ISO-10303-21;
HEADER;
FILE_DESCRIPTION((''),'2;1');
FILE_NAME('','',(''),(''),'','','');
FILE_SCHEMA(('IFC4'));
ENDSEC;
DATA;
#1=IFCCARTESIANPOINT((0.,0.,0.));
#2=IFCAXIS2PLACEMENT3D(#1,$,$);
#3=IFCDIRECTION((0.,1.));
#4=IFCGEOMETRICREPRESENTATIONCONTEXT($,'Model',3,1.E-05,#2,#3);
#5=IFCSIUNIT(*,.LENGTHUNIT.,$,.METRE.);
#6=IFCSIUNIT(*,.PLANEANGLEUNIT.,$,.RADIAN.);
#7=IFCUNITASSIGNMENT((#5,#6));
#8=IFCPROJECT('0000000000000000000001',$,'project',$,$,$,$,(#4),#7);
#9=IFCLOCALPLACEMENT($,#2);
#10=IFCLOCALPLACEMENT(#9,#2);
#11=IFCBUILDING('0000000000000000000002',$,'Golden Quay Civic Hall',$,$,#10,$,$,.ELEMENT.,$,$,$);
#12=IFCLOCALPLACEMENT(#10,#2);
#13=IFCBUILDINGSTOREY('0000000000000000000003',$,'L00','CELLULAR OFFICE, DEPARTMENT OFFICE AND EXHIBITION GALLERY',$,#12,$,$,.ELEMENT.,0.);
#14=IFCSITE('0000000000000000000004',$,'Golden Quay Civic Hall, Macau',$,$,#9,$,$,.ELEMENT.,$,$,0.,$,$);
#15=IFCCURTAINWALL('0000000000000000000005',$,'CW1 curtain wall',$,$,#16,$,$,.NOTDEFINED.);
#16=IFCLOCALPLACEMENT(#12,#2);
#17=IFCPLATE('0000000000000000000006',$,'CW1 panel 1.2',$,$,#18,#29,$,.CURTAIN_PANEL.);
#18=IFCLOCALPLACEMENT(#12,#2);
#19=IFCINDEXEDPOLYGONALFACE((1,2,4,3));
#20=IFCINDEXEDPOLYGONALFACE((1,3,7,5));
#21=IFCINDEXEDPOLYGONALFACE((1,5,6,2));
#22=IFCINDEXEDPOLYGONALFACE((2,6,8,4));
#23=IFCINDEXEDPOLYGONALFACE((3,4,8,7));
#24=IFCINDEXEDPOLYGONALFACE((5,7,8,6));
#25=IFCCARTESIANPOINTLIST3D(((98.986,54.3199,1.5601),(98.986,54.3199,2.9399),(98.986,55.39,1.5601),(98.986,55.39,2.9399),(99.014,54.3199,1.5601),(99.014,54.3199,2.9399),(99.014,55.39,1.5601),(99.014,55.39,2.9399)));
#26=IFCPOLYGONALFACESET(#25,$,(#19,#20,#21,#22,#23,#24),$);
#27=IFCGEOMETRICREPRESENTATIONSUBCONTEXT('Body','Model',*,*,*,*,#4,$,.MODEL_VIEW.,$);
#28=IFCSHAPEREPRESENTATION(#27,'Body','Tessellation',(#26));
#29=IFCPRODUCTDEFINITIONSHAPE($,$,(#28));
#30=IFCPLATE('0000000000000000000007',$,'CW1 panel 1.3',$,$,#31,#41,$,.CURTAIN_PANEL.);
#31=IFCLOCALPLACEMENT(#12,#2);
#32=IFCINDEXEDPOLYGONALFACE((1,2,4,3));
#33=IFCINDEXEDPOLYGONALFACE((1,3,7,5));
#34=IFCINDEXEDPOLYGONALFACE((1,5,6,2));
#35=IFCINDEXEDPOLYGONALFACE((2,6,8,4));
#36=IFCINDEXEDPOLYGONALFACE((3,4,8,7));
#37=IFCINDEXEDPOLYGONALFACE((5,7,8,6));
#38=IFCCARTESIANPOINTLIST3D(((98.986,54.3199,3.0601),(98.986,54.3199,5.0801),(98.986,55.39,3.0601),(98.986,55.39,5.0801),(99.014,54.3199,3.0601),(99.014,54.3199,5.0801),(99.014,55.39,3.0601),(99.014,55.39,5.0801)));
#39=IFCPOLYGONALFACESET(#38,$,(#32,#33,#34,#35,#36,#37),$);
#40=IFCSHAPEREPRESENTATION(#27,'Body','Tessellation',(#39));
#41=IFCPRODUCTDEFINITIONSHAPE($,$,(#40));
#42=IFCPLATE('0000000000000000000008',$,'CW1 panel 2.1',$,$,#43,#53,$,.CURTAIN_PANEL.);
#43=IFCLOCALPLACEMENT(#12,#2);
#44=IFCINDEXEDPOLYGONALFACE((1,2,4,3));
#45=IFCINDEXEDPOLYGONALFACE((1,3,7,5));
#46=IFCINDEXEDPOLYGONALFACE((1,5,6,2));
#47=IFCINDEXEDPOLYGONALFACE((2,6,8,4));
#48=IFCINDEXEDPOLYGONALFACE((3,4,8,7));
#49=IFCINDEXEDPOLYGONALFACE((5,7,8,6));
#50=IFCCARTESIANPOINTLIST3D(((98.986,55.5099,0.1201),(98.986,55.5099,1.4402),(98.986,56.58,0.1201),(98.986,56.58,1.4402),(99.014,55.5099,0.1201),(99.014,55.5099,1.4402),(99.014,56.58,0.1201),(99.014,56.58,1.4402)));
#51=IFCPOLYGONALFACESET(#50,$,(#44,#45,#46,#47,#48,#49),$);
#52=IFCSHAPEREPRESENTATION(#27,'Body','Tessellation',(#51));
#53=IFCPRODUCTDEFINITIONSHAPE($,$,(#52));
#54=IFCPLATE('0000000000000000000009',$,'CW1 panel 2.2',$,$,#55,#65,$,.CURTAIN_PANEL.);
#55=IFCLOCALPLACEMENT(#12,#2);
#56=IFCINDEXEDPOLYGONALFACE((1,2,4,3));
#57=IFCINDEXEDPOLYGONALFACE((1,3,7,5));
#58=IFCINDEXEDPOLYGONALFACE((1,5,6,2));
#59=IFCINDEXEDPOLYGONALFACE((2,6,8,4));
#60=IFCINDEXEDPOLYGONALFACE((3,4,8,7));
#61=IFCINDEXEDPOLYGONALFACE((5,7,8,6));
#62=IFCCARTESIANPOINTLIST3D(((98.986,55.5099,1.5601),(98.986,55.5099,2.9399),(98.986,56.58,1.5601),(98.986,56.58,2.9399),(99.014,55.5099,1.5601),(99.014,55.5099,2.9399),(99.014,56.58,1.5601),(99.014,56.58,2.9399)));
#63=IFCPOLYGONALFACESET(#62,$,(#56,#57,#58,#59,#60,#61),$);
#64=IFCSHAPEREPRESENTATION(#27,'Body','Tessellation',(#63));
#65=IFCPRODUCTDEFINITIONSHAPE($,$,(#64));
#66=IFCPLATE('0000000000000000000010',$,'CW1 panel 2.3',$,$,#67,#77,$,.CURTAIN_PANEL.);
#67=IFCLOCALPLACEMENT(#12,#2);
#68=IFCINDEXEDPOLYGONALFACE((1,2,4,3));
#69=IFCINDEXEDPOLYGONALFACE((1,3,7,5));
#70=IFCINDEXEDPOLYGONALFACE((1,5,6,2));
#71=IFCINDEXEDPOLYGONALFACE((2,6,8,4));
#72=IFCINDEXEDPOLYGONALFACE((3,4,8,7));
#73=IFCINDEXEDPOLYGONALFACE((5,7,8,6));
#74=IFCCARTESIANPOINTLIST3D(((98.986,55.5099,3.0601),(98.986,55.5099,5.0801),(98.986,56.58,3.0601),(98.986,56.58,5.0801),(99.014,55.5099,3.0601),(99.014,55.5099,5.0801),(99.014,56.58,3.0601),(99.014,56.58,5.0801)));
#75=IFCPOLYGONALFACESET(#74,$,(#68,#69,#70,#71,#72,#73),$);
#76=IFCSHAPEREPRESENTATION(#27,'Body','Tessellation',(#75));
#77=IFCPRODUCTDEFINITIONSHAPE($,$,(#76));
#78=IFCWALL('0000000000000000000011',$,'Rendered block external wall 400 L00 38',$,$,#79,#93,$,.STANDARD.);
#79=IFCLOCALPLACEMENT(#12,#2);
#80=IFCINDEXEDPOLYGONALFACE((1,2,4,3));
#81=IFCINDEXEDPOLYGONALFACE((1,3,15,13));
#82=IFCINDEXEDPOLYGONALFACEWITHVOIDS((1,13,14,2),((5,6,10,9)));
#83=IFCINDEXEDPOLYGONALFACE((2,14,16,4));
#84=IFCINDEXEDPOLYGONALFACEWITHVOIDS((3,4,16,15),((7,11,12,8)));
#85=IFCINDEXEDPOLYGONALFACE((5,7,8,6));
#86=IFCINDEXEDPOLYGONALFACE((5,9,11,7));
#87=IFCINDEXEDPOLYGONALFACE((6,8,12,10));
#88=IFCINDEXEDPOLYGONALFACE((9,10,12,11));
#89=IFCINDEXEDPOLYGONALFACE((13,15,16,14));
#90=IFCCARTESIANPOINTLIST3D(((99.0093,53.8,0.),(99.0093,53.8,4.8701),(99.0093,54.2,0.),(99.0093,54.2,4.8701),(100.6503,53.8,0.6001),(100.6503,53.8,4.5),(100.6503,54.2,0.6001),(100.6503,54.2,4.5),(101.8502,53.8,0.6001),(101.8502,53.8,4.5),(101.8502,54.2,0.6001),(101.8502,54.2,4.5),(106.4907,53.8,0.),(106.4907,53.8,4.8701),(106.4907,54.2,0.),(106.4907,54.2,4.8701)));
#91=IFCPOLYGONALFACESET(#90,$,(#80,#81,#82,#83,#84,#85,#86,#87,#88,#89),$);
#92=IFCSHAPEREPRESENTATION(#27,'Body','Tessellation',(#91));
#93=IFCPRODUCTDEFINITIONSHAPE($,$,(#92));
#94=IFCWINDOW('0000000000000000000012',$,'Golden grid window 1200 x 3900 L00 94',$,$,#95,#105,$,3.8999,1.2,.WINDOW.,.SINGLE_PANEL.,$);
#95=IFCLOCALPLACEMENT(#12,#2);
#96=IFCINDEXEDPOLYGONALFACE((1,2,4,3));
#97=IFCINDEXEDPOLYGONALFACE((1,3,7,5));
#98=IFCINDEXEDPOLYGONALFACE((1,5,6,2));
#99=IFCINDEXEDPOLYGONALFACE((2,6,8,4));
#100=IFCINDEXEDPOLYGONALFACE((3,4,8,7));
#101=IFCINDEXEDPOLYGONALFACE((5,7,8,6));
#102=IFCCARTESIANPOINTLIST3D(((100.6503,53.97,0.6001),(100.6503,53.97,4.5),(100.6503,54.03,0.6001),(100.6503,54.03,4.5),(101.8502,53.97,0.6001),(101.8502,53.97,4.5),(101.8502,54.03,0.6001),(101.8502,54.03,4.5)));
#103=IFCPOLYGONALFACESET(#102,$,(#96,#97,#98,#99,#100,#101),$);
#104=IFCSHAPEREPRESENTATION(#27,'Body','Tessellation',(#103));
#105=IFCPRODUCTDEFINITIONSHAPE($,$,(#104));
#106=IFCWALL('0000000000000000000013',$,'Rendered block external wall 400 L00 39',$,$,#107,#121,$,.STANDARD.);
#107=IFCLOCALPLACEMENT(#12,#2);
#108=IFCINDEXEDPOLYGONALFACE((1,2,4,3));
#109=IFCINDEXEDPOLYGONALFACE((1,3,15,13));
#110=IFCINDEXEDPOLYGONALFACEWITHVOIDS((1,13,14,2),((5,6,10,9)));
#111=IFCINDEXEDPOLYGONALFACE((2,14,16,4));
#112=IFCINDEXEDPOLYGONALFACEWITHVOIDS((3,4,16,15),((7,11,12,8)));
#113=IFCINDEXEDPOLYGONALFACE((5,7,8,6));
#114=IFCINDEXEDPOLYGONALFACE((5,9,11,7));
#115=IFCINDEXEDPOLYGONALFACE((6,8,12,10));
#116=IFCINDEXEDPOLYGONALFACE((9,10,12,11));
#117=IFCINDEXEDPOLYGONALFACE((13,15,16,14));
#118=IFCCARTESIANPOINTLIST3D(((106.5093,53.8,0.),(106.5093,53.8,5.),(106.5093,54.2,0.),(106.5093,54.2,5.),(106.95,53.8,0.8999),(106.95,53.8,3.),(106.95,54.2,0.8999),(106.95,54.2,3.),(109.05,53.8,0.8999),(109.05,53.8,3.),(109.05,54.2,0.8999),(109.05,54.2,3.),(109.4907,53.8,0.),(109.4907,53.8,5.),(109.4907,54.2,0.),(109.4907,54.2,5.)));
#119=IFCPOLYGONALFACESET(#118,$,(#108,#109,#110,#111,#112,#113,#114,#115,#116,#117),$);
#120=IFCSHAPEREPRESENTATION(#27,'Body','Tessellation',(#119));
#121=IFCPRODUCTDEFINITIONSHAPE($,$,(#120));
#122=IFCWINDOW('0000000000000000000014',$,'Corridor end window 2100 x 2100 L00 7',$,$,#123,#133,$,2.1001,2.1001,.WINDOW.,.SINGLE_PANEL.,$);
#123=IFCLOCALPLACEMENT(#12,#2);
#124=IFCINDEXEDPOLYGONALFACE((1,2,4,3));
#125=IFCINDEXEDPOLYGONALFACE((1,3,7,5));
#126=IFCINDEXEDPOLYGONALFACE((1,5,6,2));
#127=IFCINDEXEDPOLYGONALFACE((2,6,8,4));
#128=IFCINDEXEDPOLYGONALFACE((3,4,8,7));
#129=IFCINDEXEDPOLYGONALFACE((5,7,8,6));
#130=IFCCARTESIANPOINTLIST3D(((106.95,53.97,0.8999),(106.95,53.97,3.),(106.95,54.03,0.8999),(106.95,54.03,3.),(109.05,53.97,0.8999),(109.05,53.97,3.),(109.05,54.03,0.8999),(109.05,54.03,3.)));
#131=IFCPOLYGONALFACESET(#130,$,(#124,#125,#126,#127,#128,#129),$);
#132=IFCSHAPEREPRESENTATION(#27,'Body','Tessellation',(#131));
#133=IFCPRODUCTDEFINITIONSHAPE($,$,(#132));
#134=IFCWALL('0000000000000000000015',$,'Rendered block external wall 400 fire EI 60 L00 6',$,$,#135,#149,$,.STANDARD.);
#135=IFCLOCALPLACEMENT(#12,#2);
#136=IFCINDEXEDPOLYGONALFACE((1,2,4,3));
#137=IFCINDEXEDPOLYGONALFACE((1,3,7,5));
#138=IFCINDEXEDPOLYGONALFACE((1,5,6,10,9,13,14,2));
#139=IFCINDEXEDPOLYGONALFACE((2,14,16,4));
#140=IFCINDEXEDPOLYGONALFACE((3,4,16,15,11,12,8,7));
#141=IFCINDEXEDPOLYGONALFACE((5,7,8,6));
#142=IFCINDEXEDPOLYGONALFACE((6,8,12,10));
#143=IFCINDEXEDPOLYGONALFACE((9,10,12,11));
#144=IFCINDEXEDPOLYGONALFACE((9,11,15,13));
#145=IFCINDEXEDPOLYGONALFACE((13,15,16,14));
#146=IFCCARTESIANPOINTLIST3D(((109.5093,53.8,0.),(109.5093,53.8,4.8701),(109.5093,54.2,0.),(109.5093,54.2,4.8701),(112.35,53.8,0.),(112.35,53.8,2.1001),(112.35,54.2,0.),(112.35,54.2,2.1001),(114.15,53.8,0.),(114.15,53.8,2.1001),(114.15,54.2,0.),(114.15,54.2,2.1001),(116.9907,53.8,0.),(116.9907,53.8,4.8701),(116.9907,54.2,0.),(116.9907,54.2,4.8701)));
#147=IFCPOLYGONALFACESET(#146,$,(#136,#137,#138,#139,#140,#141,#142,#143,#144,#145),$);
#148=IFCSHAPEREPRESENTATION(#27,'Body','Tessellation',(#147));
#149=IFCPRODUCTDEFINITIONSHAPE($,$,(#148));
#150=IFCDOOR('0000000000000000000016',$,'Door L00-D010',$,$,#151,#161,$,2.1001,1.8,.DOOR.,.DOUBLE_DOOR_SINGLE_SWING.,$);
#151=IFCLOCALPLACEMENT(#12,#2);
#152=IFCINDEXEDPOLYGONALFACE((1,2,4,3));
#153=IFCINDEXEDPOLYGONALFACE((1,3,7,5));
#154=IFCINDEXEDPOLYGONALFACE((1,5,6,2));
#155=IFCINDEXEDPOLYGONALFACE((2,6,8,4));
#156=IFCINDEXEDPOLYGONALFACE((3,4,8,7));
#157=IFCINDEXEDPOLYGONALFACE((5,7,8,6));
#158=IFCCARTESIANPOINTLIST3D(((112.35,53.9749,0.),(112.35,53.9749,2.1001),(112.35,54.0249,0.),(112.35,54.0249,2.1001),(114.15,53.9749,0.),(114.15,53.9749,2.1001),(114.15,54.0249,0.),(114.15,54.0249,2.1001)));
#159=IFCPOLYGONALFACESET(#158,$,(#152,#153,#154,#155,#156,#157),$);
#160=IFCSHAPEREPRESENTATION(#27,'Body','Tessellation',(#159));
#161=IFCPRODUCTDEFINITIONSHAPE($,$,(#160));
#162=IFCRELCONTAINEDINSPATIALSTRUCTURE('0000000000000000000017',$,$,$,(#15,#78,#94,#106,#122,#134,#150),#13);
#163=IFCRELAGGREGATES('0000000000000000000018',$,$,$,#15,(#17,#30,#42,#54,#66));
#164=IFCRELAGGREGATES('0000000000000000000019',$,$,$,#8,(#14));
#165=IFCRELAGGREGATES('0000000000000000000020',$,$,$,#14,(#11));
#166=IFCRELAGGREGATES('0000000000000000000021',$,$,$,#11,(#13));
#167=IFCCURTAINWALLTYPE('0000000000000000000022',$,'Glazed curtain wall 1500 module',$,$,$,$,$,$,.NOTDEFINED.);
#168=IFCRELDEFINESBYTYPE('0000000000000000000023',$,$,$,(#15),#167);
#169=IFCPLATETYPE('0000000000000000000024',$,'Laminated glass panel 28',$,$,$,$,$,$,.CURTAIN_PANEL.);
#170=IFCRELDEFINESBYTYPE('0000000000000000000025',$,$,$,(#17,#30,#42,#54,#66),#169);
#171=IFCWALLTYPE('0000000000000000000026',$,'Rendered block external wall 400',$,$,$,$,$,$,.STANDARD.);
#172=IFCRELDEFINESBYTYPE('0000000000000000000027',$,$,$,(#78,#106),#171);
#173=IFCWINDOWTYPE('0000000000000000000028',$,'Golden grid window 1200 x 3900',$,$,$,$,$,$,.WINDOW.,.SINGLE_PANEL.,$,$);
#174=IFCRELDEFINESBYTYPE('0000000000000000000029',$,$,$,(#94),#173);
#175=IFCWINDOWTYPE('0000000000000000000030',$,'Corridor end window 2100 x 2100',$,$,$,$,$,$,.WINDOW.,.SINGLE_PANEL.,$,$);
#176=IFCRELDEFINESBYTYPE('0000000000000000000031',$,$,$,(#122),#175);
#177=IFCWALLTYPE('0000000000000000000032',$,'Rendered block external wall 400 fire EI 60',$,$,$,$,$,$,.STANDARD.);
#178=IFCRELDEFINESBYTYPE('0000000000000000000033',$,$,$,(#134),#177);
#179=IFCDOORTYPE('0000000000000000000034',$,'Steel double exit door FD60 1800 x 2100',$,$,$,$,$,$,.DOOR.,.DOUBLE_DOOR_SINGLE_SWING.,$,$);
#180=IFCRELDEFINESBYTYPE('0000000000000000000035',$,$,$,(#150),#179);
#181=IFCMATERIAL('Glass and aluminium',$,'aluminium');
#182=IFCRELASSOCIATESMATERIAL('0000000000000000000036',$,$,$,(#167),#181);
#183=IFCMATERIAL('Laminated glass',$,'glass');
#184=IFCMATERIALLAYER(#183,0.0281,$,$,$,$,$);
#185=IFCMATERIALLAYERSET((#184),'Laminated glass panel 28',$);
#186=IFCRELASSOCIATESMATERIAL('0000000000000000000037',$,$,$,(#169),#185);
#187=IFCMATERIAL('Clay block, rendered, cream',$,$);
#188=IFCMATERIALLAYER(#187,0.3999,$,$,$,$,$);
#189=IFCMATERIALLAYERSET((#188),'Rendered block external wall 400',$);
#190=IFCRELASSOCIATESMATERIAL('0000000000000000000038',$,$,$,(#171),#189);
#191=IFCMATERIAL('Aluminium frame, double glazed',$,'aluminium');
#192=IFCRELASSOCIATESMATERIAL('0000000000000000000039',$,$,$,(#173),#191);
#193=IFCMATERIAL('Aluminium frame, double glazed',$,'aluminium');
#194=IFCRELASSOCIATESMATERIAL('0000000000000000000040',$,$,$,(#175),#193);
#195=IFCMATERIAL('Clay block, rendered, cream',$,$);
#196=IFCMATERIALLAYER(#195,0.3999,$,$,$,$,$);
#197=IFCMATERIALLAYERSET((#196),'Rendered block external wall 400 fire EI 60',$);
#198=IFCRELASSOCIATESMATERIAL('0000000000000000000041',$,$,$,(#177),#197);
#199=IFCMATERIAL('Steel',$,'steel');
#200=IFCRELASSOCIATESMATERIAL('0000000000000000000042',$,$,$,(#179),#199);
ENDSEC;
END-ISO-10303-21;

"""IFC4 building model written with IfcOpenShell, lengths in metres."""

from ifc_helpers import new_model, si_unit, direction, frame, frame_2d, origin, origin_2d, place, context, subcontext, project, spatial, rectangle, extrude, material, layer, layer_set, type_object, element, fill, aggregate, save


model = new_model("IFC4")

# Units and contexts
model_context = context("Model", 3, precision=1e-05, world=origin(), true_north=direction((0.0, 1.0)))
body_context = subcontext(model_context, "Body", "Model", "MODEL_VIEW")
ifc_project = project(units=[si_unit("LENGTHUNIT", "METRE"), si_unit("PLANEANGLEUNIT", "RADIAN")], contexts=[model_context])

# Site, building, storey
site_placement = place(None, origin())
site = spatial("IfcSite", under=ifc_project, at=site_placement, Name="Golden Quay Civic Hall, Macau", CompositionType="ELEMENT", RefElevation=0.0)
building_placement = place(site_placement, origin())
building = spatial("IfcBuilding", under=site, at=building_placement, Name="Golden Quay Civic Hall", CompositionType="ELEMENT")
storey_placement = place(building_placement, origin())
storey = spatial("IfcBuildingStorey", under=building, at=storey_placement, Name="L00", Description="CELLULAR OFFICE, DEPARTMENT OFFICE AND EXHIBITION GALLERY", CompositionType="ELEMENT", Elevation=0.0)

# Curtain wall
ifc_material_1 = material(Name="Glass and aluminium", Category="aluminium")
curtain_wall_type = type_object("IfcCurtainWallType", Name="Glazed curtain wall 1500 module", PredefinedType="NOTDEFINED", material=ifc_material_1)
curtain_wall_1_placement = place(storey_placement, origin())
curtain_wall_1 = element("IfcCurtainWall", 1, at=curtain_wall_1_placement, inside=storey, type_object=curtain_wall_type, Name="CW1 curtain wall", PredefinedType="NOTDEFINED")

# Plates
ifc_material_2 = material(Name="Laminated glass", Category="glass")
ifc_layer_1 = layer(ifc_material_2, 0.0281)
ifc_layer_set_1 = layer_set([ifc_layer_1], Name="Laminated glass panel 28")
plate_type = type_object("IfcPlateType", Name="Laminated glass panel 28", PredefinedType="CURTAIN_PANEL", material=ifc_layer_set_1)
plate_1_placement = place(storey_placement, frame((99.0, 54.855, 1.5601), z_axis=(0.0, 0.0, 1.0), x_axis=(0.0, 1.0, 0.0)))
plate_1 = element("IfcPlate", 2, at=plate_1_placement, type_object=plate_type, Name="CW1 panel 1.2", PredefinedType="CURTAIN_PANEL", context=body_context, shape_type="SweptSolid", body=[
    extrude(rectangle(XDim=1.0701, YDim=0.0281, at=origin_2d()), origin(), (0.0, 0.0, 1.0), 1.3799),
])
plate_2_placement = place(storey_placement, frame((99.0, 54.855, 3.0601), z_axis=(0.0, 0.0, 1.0), x_axis=(0.0, 1.0, 0.0)))
plate_2 = element("IfcPlate", 3, at=plate_2_placement, type_object=plate_type, Name="CW1 panel 1.3", PredefinedType="CURTAIN_PANEL", context=body_context, shape_type="SweptSolid", body=[
    extrude(rectangle(XDim=1.0701, YDim=0.0281, at=origin_2d()), origin(), (0.0, 0.0, 1.0), 2.02),
])
plate_3_placement = place(storey_placement, frame((99.0, 56.0449, 0.1201), z_axis=(0.0, 0.0, 1.0), x_axis=(0.0, 1.0, 0.0)))
plate_3 = element("IfcPlate", 4, at=plate_3_placement, type_object=plate_type, Name="CW1 panel 2.1", PredefinedType="CURTAIN_PANEL", context=body_context, shape_type="SweptSolid", body=[
    extrude(rectangle(XDim=1.0701, YDim=0.0281, at=origin_2d()), origin(), (0.0, 0.0, 1.0), 1.3201),
])
plate_4_placement = place(storey_placement, frame((99.0, 56.0449, 1.5601), z_axis=(0.0, 0.0, 1.0), x_axis=(0.0, 1.0, 0.0)))
plate_4 = element("IfcPlate", 5, at=plate_4_placement, type_object=plate_type, Name="CW1 panel 2.2", PredefinedType="CURTAIN_PANEL", context=body_context, shape_type="SweptSolid", body=[
    extrude(rectangle(XDim=1.0701, YDim=0.0281, at=origin_2d()), origin(), (0.0, 0.0, 1.0), 1.3799),
])
plate_5_placement = place(storey_placement, frame((99.0, 56.0449, 3.0601), z_axis=(0.0, 0.0, 1.0), x_axis=(0.0, 1.0, 0.0)))
plate_5 = element("IfcPlate", 6, at=plate_5_placement, type_object=plate_type, Name="CW1 panel 2.3", PredefinedType="CURTAIN_PANEL", context=body_context, shape_type="SweptSolid", body=[
    extrude(rectangle(XDim=1.0701, YDim=0.0281, at=origin_2d()), origin(), (0.0, 0.0, 1.0), 2.02),
])
aggregate(curtain_wall_1, [plate_1, plate_2, plate_3, plate_4, plate_5])

# Walls, openings, windows
ifc_material_3 = material(Name="Clay block, rendered, cream")
ifc_layer_2 = layer(ifc_material_3, 0.3999)
ifc_layer_set_2 = layer_set([ifc_layer_2], Name="Rendered block external wall 400")
wall_type_1 = type_object("IfcWallType", Name="Rendered block external wall 400", PredefinedType="STANDARD", material=ifc_layer_set_2)
wall_1_placement = place(storey_placement, frame((99.0093, 54.0, 0.0), z_axis=(0.0, 0.0, 1.0), x_axis=(1.0, 0.0, 0.0)))
wall_1 = element("IfcWall", 7, at=wall_1_placement, inside=storey, type_object=wall_type_1, Name="Rendered block external wall 400 L00 38", PredefinedType="STANDARD", context=body_context, shape_type="SweptSolid", body=[
    extrude(rectangle(XDim=7.4814, YDim=0.3999, at=frame_2d((3.7407, 0.0))), origin(), (0.0, 0.0, 1.0), 4.8701),
])
opening_1_placement = place(wall_1_placement, frame((1.6409, 0.0, 0.6001)))
opening_1 = element("IfcOpeningElement", 8, at=opening_1_placement, cuts=wall_1, PredefinedType="OPENING", context=body_context, shape_type="SweptSolid", body=[
    extrude(rectangle(XDim=1.2, YDim=3.8999, at=frame_2d((0.6001, 1.95))), frame((0.0, 0.21, 0.0), z_axis=(0.0, -1.0, 0.0), x_axis=(1.0, 0.0, 0.0)), (0.0, 0.0, 1.0), 0.4199),
])
ifc_material_4 = material(Name="Aluminium frame, double glazed", Category="aluminium")
window_type_1 = type_object("IfcWindowType", Name="Golden grid window 1200 x 3900", PartitioningType="SINGLE_PANEL", PredefinedType="WINDOW", material=ifc_material_4)
window_1_placement = place(opening_1_placement, origin())
window_1 = element("IfcWindow", 9, at=window_1_placement, inside=storey, type_object=window_type_1, Name="Golden grid window 1200 x 3900 L00 94", OverallHeight=3.8999, OverallWidth=1.2, PartitioningType="SINGLE_PANEL", PredefinedType="WINDOW", context=body_context, shape_type="SweptSolid", body=[
    extrude(rectangle(XDim=1.2, YDim=3.8999, at=frame_2d((0.6001, 1.95))), frame((0.0, 0.03, 0.0), z_axis=(0.0, -1.0, 0.0), x_axis=(1.0, 0.0, 0.0)), (0.0, 0.0, 1.0), 0.0601),
])
fill(opening_1, window_1)
wall_2_placement = place(storey_placement, frame((106.5093, 54.0, 0.0), z_axis=(0.0, 0.0, 1.0), x_axis=(1.0, 0.0, 0.0)))
wall_2 = element("IfcWall", 10, at=wall_2_placement, inside=storey, type_object=wall_type_1, Name="Rendered block external wall 400 L00 39", PredefinedType="STANDARD", context=body_context, shape_type="SweptSolid", body=[
    extrude(rectangle(XDim=2.9814, YDim=0.3999, at=frame_2d((1.4907, 0.0))), origin(), (0.0, 0.0, 1.0), 5.0),
])
opening_2_placement = place(wall_2_placement, frame((0.4407, 0.0, 0.8999)))
opening_2 = element("IfcOpeningElement", 11, at=opening_2_placement, cuts=wall_2, PredefinedType="OPENING", context=body_context, shape_type="SweptSolid", body=[
    extrude(rectangle(XDim=2.1001, YDim=2.1001, at=frame_2d((1.05, 1.05))), frame((0.0, 0.21, 0.0), z_axis=(0.0, -1.0, 0.0), x_axis=(1.0, 0.0, 0.0)), (0.0, 0.0, 1.0), 0.4199),
])
ifc_material_5 = material(Name="Aluminium frame, double glazed", Category="aluminium")
window_type_2 = type_object("IfcWindowType", Name="Corridor end window 2100 x 2100", PartitioningType="SINGLE_PANEL", PredefinedType="WINDOW", material=ifc_material_5)
window_2_placement = place(opening_2_placement, origin())
window_2 = element("IfcWindow", 12, at=window_2_placement, inside=storey, type_object=window_type_2, Name="Corridor end window 2100 x 2100 L00 7", OverallHeight=2.1001, OverallWidth=2.1001, PartitioningType="SINGLE_PANEL", PredefinedType="WINDOW", context=body_context, shape_type="SweptSolid", body=[
    extrude(rectangle(XDim=2.1001, YDim=2.1001, at=frame_2d((1.05, 1.05))), frame((0.0, 0.03, 0.0), z_axis=(0.0, -1.0, 0.0), x_axis=(1.0, 0.0, 0.0)), (0.0, 0.0, 1.0), 0.0601),
])
fill(opening_2, window_2)

# Wall, opening, door
ifc_material_6 = material(Name="Clay block, rendered, cream")
ifc_layer_3 = layer(ifc_material_6, 0.3999)
ifc_layer_set_3 = layer_set([ifc_layer_3], Name="Rendered block external wall 400 fire EI 60")
wall_type_2 = type_object("IfcWallType", Name="Rendered block external wall 400 fire EI 60", PredefinedType="STANDARD", material=ifc_layer_set_3)
wall_3_placement = place(storey_placement, frame((109.5093, 54.0, 0.0), z_axis=(0.0, 0.0, 1.0), x_axis=(1.0, 0.0, 0.0)))
wall_3 = element("IfcWall", 13, at=wall_3_placement, inside=storey, type_object=wall_type_2, Name="Rendered block external wall 400 fire EI 60 L00 6", PredefinedType="STANDARD", context=body_context, shape_type="SweptSolid", body=[
    extrude(rectangle(XDim=7.4814, YDim=0.3999, at=frame_2d((3.7407, 0.0))), origin(), (0.0, 0.0, 1.0), 4.8701),
])
opening_3_placement = place(wall_3_placement, frame((2.8408, 0.0, 0.0)))
opening_3 = element("IfcOpeningElement", 14, at=opening_3_placement, cuts=wall_3, PredefinedType="OPENING", context=body_context, shape_type="SweptSolid", body=[
    extrude(rectangle(XDim=1.8, YDim=2.1001, at=frame_2d((0.8999, 1.05))), frame((0.0, 0.21, 0.0), z_axis=(0.0, -1.0, 0.0), x_axis=(1.0, 0.0, 0.0)), (0.0, 0.0, 1.0), 0.4199),
])
ifc_material_7 = material(Name="Steel", Category="steel")
door_type_1 = type_object("IfcDoorType", Name="Steel double exit door FD60 1800 x 2100", OperationType="DOUBLE_DOOR_SINGLE_SWING", PredefinedType="DOOR", material=ifc_material_7)
door_1_placement = place(opening_3_placement, origin())
door_1 = element("IfcDoor", 15, at=door_1_placement, inside=storey, type_object=door_type_1, Name="Door L00-D010", OperationType="DOUBLE_DOOR_SINGLE_SWING", OverallHeight=2.1001, OverallWidth=1.8, PredefinedType="DOOR", context=body_context, shape_type="SweptSolid", body=[
    extrude(rectangle(XDim=1.8, YDim=2.1001, at=frame_2d((0.8999, 1.05))), frame((0.0, 0.0249, 0.0), z_axis=(0.0, -1.0, 0.0), x_axis=(1.0, 0.0, 0.0)), (0.0, 0.0, 1.0), 0.05),
])
fill(opening_3, door_1)

save(model, "model.ifc")
